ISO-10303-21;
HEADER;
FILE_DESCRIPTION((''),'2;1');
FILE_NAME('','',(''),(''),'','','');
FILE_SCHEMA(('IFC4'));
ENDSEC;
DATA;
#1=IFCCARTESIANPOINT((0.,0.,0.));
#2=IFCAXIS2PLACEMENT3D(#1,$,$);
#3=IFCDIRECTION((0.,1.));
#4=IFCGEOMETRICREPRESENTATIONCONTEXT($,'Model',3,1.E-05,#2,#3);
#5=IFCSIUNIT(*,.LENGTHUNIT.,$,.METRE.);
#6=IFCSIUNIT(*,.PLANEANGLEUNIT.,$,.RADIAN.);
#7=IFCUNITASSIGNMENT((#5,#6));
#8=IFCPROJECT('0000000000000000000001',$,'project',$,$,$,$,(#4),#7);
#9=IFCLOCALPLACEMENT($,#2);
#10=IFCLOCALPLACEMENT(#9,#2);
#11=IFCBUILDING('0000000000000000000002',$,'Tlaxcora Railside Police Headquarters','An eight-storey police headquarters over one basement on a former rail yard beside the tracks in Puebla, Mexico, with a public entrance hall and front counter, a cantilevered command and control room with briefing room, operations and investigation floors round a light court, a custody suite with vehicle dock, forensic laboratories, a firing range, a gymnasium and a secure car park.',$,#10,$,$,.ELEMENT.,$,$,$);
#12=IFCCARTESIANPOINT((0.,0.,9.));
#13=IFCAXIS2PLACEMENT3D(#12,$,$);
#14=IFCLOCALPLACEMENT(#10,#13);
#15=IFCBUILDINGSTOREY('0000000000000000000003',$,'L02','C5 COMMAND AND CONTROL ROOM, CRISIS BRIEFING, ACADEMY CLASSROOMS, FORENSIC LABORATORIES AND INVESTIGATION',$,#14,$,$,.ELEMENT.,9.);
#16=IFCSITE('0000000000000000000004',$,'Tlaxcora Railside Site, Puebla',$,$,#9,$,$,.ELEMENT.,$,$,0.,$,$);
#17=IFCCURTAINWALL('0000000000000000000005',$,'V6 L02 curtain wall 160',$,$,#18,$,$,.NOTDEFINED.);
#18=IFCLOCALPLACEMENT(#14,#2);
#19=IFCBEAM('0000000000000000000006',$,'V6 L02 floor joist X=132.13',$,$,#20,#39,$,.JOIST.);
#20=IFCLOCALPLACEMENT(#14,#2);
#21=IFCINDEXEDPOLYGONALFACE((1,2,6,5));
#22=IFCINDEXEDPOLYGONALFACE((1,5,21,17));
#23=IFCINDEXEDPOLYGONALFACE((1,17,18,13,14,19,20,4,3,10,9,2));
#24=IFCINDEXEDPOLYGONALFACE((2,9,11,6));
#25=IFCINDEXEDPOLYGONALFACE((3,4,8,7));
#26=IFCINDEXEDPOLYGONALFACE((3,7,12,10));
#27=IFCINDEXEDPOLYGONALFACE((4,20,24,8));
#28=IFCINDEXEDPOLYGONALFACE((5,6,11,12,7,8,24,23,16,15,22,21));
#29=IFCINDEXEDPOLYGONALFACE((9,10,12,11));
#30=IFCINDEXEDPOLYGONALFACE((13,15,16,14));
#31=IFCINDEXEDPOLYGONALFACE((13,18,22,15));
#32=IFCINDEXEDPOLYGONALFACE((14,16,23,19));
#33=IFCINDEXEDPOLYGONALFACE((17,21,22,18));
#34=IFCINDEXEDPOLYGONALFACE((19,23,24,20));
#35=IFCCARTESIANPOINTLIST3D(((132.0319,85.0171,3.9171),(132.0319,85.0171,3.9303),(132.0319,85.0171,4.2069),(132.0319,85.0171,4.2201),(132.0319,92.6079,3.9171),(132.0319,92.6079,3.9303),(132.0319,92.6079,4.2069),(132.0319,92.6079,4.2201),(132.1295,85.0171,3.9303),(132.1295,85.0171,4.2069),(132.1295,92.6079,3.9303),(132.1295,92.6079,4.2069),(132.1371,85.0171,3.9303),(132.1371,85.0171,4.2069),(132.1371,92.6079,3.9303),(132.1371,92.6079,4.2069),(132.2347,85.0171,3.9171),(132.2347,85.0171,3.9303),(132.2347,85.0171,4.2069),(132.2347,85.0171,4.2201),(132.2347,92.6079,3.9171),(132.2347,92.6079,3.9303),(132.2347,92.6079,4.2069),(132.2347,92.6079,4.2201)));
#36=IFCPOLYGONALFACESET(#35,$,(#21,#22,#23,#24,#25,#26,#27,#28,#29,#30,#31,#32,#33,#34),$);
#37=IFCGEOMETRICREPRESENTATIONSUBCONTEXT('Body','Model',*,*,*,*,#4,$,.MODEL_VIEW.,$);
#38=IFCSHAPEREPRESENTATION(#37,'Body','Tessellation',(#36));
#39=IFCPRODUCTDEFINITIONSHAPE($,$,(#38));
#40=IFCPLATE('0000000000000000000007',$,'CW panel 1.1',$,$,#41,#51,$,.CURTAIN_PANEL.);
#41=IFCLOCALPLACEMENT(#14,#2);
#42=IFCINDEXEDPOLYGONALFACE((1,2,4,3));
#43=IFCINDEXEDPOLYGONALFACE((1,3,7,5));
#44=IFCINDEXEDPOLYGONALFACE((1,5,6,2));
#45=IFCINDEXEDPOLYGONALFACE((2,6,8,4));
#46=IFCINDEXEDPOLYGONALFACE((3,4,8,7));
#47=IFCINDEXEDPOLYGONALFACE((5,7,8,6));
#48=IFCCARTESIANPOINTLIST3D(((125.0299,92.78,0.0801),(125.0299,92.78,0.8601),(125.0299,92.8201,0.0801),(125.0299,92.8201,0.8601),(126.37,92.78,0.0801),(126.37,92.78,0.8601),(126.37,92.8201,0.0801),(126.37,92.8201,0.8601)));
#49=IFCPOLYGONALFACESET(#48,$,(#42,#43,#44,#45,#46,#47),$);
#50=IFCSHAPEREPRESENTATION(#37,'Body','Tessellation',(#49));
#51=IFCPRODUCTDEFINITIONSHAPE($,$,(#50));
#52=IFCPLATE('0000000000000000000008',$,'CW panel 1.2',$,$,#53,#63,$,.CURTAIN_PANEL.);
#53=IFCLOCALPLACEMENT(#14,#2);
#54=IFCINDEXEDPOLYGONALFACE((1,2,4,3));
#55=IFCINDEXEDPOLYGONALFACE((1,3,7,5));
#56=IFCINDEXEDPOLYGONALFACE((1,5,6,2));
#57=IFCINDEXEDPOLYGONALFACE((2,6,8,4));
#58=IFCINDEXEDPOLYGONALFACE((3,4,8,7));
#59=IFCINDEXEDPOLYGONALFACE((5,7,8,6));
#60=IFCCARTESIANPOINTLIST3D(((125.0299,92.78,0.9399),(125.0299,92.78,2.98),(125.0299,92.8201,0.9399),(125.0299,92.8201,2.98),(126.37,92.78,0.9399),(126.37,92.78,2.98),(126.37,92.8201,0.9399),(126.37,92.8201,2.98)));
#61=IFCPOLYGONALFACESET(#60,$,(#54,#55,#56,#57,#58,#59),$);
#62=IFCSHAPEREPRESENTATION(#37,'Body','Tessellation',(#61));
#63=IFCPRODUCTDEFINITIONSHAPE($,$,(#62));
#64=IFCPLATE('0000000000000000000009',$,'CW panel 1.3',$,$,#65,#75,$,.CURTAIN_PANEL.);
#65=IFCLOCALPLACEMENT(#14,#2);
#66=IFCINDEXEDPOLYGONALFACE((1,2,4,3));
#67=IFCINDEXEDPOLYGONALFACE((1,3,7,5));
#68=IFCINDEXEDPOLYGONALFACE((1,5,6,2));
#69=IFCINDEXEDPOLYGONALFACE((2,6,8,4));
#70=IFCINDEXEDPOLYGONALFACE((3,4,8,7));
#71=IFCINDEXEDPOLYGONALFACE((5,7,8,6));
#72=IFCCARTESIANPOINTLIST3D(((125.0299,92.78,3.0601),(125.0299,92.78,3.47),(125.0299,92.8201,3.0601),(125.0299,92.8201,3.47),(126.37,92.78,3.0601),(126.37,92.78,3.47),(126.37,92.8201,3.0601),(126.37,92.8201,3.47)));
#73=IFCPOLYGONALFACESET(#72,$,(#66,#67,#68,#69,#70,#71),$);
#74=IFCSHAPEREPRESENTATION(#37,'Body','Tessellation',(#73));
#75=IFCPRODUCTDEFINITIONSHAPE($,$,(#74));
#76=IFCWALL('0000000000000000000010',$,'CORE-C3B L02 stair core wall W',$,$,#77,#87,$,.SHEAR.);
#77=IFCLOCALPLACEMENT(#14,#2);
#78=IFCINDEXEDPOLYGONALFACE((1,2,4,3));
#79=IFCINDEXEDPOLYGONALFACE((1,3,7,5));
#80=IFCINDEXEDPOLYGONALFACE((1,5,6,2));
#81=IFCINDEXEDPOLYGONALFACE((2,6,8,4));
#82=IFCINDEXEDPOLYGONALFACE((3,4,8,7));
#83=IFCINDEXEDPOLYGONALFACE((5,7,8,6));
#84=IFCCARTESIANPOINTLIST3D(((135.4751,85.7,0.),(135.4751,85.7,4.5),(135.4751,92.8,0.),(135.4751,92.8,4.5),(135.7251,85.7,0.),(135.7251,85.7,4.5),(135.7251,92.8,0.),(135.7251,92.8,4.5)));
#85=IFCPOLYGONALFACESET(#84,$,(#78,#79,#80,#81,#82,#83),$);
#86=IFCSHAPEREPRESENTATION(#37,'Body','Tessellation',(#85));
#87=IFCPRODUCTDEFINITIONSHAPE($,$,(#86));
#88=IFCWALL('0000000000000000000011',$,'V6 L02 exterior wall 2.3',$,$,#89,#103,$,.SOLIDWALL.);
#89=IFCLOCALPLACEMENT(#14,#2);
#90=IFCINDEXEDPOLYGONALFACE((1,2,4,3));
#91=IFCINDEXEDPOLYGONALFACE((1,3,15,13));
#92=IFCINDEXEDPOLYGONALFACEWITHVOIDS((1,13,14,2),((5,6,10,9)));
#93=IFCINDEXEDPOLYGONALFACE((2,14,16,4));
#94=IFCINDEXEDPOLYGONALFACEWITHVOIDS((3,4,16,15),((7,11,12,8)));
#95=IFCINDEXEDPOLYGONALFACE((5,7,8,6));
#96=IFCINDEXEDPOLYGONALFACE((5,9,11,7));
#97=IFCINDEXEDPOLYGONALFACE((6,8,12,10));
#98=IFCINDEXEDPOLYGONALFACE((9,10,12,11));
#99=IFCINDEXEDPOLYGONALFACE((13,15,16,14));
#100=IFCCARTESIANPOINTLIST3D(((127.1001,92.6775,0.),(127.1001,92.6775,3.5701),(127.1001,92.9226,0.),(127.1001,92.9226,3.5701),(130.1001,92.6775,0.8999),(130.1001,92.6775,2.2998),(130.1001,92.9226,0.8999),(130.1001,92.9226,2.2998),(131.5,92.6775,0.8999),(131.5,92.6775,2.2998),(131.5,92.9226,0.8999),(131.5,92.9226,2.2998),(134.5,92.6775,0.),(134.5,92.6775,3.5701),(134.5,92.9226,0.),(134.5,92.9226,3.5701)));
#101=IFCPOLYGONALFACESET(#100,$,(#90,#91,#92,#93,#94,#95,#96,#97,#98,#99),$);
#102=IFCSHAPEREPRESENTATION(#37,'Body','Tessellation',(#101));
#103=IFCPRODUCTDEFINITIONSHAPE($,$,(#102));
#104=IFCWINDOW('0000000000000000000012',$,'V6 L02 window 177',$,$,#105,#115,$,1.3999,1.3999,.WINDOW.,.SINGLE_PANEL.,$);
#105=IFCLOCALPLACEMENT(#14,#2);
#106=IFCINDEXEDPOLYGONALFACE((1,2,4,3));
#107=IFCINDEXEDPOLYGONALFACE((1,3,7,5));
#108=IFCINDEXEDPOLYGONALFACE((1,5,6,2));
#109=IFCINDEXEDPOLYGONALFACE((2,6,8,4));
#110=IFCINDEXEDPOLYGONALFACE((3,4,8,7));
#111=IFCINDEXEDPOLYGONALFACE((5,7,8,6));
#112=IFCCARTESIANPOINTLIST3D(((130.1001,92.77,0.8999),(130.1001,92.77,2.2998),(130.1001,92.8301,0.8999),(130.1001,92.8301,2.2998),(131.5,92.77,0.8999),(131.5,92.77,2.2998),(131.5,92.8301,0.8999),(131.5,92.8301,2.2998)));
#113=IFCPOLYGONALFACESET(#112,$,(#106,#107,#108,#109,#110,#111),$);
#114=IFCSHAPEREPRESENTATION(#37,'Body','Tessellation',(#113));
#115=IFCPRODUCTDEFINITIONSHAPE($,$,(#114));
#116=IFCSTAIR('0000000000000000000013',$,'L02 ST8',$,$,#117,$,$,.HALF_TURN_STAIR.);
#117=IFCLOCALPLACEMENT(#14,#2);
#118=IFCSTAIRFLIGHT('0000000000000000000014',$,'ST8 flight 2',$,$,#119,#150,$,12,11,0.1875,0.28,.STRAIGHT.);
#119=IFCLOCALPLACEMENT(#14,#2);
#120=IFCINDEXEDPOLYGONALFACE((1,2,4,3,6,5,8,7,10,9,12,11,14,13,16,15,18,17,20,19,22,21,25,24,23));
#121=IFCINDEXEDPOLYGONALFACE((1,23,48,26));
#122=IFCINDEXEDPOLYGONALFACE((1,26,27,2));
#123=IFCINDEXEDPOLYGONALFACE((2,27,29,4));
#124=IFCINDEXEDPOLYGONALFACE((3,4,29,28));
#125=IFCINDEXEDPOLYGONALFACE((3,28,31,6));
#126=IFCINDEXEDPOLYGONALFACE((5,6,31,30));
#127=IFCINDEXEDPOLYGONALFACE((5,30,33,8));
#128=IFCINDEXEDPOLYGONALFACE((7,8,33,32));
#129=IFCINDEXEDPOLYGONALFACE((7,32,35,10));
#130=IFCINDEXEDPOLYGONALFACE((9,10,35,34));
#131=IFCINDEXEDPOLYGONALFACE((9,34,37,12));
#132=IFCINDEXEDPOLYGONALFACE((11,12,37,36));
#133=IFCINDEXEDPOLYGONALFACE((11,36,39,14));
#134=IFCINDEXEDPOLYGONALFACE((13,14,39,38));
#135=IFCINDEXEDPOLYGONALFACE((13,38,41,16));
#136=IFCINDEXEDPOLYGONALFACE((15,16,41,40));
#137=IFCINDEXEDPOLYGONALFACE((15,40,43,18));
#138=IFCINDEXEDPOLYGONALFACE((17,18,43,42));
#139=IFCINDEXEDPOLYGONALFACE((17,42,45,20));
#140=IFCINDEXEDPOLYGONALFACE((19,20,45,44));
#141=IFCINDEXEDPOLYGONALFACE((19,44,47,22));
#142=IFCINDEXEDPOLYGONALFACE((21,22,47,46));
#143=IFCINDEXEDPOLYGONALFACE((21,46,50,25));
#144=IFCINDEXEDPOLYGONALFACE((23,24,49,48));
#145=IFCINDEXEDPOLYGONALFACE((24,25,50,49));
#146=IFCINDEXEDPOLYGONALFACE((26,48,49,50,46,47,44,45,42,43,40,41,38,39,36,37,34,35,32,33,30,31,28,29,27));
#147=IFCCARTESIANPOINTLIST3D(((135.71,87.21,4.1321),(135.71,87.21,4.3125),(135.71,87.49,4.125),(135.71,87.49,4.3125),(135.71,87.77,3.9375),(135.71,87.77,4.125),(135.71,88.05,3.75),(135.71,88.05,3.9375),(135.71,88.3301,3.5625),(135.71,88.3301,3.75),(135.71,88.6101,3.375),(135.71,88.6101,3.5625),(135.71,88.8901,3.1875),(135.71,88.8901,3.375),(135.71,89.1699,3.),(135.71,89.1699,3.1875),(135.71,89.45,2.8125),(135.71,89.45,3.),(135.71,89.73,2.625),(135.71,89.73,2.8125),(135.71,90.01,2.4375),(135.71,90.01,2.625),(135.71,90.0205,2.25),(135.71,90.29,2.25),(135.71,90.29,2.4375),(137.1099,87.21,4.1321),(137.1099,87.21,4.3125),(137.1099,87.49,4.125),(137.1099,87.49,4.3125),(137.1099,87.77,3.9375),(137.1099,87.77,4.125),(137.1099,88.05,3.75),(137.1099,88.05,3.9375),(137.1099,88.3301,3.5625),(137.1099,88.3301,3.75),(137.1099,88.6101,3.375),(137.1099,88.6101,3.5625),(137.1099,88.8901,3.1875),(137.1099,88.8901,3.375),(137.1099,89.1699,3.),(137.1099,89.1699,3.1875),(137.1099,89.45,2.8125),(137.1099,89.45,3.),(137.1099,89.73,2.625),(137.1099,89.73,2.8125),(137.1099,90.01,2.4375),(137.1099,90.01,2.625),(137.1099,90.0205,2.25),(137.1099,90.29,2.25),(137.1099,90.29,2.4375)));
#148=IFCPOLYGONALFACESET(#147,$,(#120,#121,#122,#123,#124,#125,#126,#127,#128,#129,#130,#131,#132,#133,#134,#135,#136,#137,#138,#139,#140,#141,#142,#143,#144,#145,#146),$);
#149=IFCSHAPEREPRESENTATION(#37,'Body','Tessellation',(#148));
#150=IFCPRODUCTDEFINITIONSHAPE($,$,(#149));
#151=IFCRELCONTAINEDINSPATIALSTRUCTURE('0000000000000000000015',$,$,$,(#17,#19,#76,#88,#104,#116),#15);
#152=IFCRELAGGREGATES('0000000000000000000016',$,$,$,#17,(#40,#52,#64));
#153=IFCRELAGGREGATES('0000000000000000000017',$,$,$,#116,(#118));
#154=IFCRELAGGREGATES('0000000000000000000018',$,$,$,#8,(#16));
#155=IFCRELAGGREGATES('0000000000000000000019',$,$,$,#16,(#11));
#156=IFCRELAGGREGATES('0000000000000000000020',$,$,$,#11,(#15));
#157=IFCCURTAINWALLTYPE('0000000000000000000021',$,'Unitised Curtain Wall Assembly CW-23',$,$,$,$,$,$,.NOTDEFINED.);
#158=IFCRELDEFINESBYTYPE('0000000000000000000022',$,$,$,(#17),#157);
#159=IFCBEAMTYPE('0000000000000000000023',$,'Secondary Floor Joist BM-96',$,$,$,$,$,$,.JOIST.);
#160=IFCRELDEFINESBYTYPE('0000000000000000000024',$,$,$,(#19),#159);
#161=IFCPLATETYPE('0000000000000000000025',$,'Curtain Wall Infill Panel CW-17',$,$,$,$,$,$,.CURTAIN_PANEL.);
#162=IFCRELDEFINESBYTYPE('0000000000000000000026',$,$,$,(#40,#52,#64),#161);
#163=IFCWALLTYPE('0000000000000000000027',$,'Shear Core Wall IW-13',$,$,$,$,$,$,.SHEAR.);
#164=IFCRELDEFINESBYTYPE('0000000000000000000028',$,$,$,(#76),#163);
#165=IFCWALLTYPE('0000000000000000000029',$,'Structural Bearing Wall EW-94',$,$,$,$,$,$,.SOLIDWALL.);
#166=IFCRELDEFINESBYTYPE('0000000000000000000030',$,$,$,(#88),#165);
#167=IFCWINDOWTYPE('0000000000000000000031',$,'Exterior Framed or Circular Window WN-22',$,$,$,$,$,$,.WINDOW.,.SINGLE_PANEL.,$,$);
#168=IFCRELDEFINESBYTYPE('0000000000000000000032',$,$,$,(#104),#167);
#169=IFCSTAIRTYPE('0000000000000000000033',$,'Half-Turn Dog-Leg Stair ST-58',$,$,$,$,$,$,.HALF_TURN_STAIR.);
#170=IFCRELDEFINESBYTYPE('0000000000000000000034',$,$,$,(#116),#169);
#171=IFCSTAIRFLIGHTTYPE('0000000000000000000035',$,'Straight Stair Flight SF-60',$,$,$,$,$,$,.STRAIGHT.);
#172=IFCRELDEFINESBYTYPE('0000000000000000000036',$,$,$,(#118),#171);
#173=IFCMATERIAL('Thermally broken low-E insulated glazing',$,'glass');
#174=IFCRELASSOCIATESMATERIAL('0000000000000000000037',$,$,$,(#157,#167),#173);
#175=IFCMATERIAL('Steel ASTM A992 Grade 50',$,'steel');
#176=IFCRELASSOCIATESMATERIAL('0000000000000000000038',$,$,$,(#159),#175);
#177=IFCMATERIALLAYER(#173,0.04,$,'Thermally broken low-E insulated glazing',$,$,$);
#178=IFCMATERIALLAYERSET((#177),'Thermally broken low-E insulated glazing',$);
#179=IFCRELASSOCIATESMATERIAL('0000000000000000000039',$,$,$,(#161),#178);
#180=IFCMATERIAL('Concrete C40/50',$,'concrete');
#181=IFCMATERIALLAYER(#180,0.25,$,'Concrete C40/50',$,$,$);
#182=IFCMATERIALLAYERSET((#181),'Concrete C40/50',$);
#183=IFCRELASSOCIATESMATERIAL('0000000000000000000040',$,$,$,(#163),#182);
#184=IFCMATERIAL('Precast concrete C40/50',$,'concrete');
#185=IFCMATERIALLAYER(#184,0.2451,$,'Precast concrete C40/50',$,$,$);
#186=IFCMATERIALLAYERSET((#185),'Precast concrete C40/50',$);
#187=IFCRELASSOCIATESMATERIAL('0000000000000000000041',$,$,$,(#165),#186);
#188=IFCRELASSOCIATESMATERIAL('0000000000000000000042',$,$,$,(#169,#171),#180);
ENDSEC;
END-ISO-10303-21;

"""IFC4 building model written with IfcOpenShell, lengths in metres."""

from ifc_helpers import new_model, si_unit, direction, frame, frame_2d, origin, origin_2d, place, context, subcontext, project, spatial, polyline, rectangle, i_section, outline, extrude, material, layer, layer_set, material_profile, profile_set, type_object, element, fill, aggregate, save


model = new_model("IFC4")

# Units and contexts
model_context = context("Model", 3, precision=1e-05, world=origin(), true_north=direction((0.0, 1.0)))
body_context = subcontext(model_context, "Body", "Model", "MODEL_VIEW")
ifc_project = project(units=[si_unit("LENGTHUNIT", "METRE"), si_unit("PLANEANGLEUNIT", "RADIAN")], contexts=[model_context])

# Site, building, storey
site_placement = place(None, origin())
site = spatial("IfcSite", under=ifc_project, at=site_placement, Name="Tlaxcora Railside Site, Puebla", CompositionType="ELEMENT", RefElevation=0.0)
building_placement = place(site_placement, origin())
building = spatial("IfcBuilding", under=site, at=building_placement, Name="Tlaxcora Railside Police Headquarters", Description="An eight-storey police headquarters over one basement on a former rail yard beside the tracks in Puebla, Mexico, with a public entrance hall and front counter, a cantilevered command and control room with briefing room, operations and investigation floors round a light court, a custody suite with vehicle dock, forensic laboratories, a firing range, a gymnasium and a secure car park.", CompositionType="ELEMENT")
storey_placement = place(building_placement, frame((0.0, 0.0, 9.0)))
storey = spatial("IfcBuildingStorey", under=building, at=storey_placement, Name="L02", Description="C5 COMMAND AND CONTROL ROOM, CRISIS BRIEFING, ACADEMY CLASSROOMS, FORENSIC LABORATORIES AND INVESTIGATION", CompositionType="ELEMENT", Elevation=9.0)

# Shared definitions
ifc_material_1 = material(Name="Concrete C40/50", Category="concrete")

# Curtain wall
ifc_material_2 = material(Name="Thermally broken low-E insulated glazing", Category="glass")
curtain_wall_type = type_object("IfcCurtainWallType", Name="Unitised Curtain Wall Assembly CW-23", PredefinedType="NOTDEFINED", material=ifc_material_2)
curtain_wall_placement = place(storey_placement, origin())
curtain_wall = element("IfcCurtainWall", 1, at=curtain_wall_placement, inside=storey, type_object=curtain_wall_type, Name="V6 L02 curtain wall 160", PredefinedType="NOTDEFINED")

# Beam
ifc_material_3 = material(Name="Steel ASTM A992 Grade 50", Category="steel")
ifc_material_profile_1 = material_profile(ifc_material_3, i_section(OverallWidth=0.2029, OverallDepth=0.303, WebThickness=0.0076, FlangeThickness=0.0132, at=origin_2d()), Name="W12X40")
ifc_profile_set_1 = profile_set([ifc_material_profile_1], Name="Steel ASTM A992 Grade 50")
beam_type_1 = type_object("IfcBeamType", Name="Secondary Floor Joist BM-96", PredefinedType="JOIST", material=ifc_profile_set_1)
beam_1_placement = place(storey_placement, frame((132.1333, 85.0171, 4.0686), z_axis=(0.0, 1.0, 0.0), x_axis=(-1.0, 0.0, 0.0)))
element("IfcBeam", 2, at=beam_1_placement, inside=storey, type_object=beam_type_1, Name="V6 L02 floor joist X=132.13", PredefinedType="JOIST", context=body_context, shape_type="SweptSolid", body=[
    extrude(i_section(OverallWidth=0.2029, OverallDepth=0.303, WebThickness=0.0076, FlangeThickness=0.0132, at=origin_2d()), origin(), (0.0, 0.0, 1.0), 7.5908),
])

# Plates
ifc_layer_1 = layer(ifc_material_2, 0.04, Name="Thermally broken low-E insulated glazing")
ifc_layer_set_1 = layer_set([ifc_layer_1], Name="Thermally broken low-E insulated glazing")
plate_type = type_object("IfcPlateType", Name="Curtain Wall Infill Panel CW-17", PredefinedType="CURTAIN_PANEL", material=ifc_layer_set_1)
plate_1_placement = place(storey_placement, frame((125.7, 92.8, 0.0801), z_axis=(0.0, 0.0, 1.0), x_axis=(-1.0, 0.0, 0.0)))
plate_1 = element("IfcPlate", 3, at=plate_1_placement, type_object=plate_type, Name="CW panel 1.1", PredefinedType="CURTAIN_PANEL", context=body_context, shape_type="SweptSolid", body=[
    extrude(rectangle(XDim=1.3401, YDim=0.04, at=origin_2d()), origin(), (0.0, 0.0, 1.0), 0.78),
])
plate_2_placement = place(storey_placement, frame((125.7, 92.8, 0.9399), z_axis=(0.0, 0.0, 1.0), x_axis=(-1.0, 0.0, 0.0)))
plate_2 = element("IfcPlate", 4, at=plate_2_placement, type_object=plate_type, Name="CW panel 1.2", PredefinedType="CURTAIN_PANEL", context=body_context, shape_type="SweptSolid", body=[
    extrude(rectangle(XDim=1.3401, YDim=0.04, at=origin_2d()), origin(), (0.0, 0.0, 1.0), 2.04),
])
plate_3_placement = place(storey_placement, frame((125.7, 92.8, 3.0601), z_axis=(0.0, 0.0, 1.0), x_axis=(-1.0, 0.0, 0.0)))
plate_3 = element("IfcPlate", 5, at=plate_3_placement, type_object=plate_type, Name="CW panel 1.3", PredefinedType="CURTAIN_PANEL", context=body_context, shape_type="SweptSolid", body=[
    extrude(rectangle(XDim=1.3401, YDim=0.04, at=origin_2d()), origin(), (0.0, 0.0, 1.0), 0.4099),
])
aggregate(curtain_wall, [plate_1, plate_2, plate_3])

# Shared definitions
ifc_layer_2 = layer(ifc_material_1, 0.25, Name="Concrete C40/50")
ifc_layer_set_2 = layer_set([ifc_layer_2], Name="Concrete C40/50")
wall_type_1 = type_object("IfcWallType", Name="Shear Core Wall IW-13", PredefinedType="SHEAR", material=ifc_layer_set_2)

# Wall
wall_1_placement = place(storey_placement, frame((135.6001, 92.8, 0.0), z_axis=(0.0, 0.0, 1.0), x_axis=(0.0, -1.0, 0.0)))
element("IfcWall", 6, at=wall_1_placement, inside=storey, type_object=wall_type_1, Name="CORE-C3B L02 stair core wall W", PredefinedType="SHEAR", context=body_context, shape_type="SweptSolid", body=[
    extrude(rectangle(XDim=7.1001, YDim=0.25, at=frame_2d((3.55, 0.0))), origin(), (0.0, 0.0, 1.0), 4.5),
])

# Wall, opening, window
ifc_material_4 = material(Name="Precast concrete C40/50", Category="concrete")
ifc_layer_3 = layer(ifc_material_4, 0.2451, Name="Precast concrete C40/50")
ifc_layer_set_3 = layer_set([ifc_layer_3], Name="Precast concrete C40/50")
wall_type_2 = type_object("IfcWallType", Name="Structural Bearing Wall EW-94", PredefinedType="SOLIDWALL", material=ifc_layer_set_3)
wall_2_placement = place(storey_placement, frame((134.5, 92.8, 0.0), z_axis=(0.0, 0.0, 1.0), x_axis=(-1.0, 0.0, 0.0)))
wall_2 = element("IfcWall", 7, at=wall_2_placement, inside=storey, type_object=wall_type_2, Name="V6 L02 exterior wall 2.3", PredefinedType="SOLIDWALL", context=body_context, shape_type="SweptSolid", body=[
    extrude(rectangle(XDim=7.3999, YDim=0.2451, at=frame_2d((3.7, 0.0))), origin(), (0.0, 0.0, 1.0), 3.5701),
])
opening_1_placement = place(wall_2_placement, frame((3.0, 0.0, 0.8999)))
opening_1 = element("IfcOpeningElement", 8, at=opening_1_placement, cuts=wall_2, PredefinedType="OPENING", context=body_context, shape_type="SweptSolid", body=[
    extrude(rectangle(XDim=1.3999, YDim=1.3999, at=frame_2d((0.7, 0.7))), frame((0.0, 0.1326, 0.0), z_axis=(0.0, -1.0, 0.0), x_axis=(1.0, 0.0, 0.0)), (0.0, 0.0, 1.0), 0.2651),
])
window_type = type_object("IfcWindowType", Name="Exterior Framed or Circular Window WN-22", PartitioningType="SINGLE_PANEL", PredefinedType="WINDOW", material=ifc_material_2)
window_placement = place(opening_1_placement, origin())
window = element("IfcWindow", 9, at=window_placement, inside=storey, type_object=window_type, Name="V6 L02 window 177", OverallHeight=1.3999, OverallWidth=1.3999, PartitioningType="SINGLE_PANEL", PredefinedType="WINDOW", context=body_context, shape_type="SweptSolid", body=[
    extrude(rectangle(XDim=1.3999, YDim=1.3999, at=frame_2d((0.7, 0.7))), frame((0.0, 0.03, 0.0), z_axis=(0.0, -1.0, 0.0), x_axis=(1.0, 0.0, 0.0)), (0.0, 0.0, 1.0), 0.0601),
])
fill(opening_1, window)

# Stair, stair flight
stair_type = type_object("IfcStairType", Name="Half-Turn Dog-Leg Stair ST-58", PredefinedType="HALF_TURN_STAIR", material=ifc_material_1)
stair_placement = place(storey_placement, origin())
stair = element("IfcStair", 10, at=stair_placement, inside=storey, type_object=stair_type, Name="L02 ST8", PredefinedType="HALF_TURN_STAIR")
stair_flight_type = type_object("IfcStairFlightType", Name="Straight Stair Flight SF-60", PredefinedType="STRAIGHT", material=ifc_material_1)
stair_flight_placement = place(storey_placement, frame((136.4099, 90.29, 2.25), z_axis=(0.0, 0.0, 1.0), x_axis=(0.0, -1.0, 0.0)))
stair_flight = element("IfcStairFlight", 11, at=stair_flight_placement, type_object=stair_flight_type, Name="ST8 flight 2", NumberOfRisers=12, NumberOfTreads=11, PredefinedType="STRAIGHT", RiserHeight=0.1875, TreadLength=0.28, context=body_context, shape_type="SweptSolid", body=[
    extrude(outline(polyline([(0.0, 0.0), (0.0, 0.1875), (0.28, 0.1875), (0.28, 0.375), (0.5601, 0.375), (0.5601, 0.5625), (0.8401, 0.5625), (0.8401, 0.75), (1.1201, 0.75), (1.1201, 0.9375), (1.3999, 0.9375), (1.3999, 1.125), (1.6799, 1.125), (1.6799, 1.3125), (1.96, 1.3125), (1.96, 1.5), (2.24, 1.5), (2.24, 1.6875), (2.52, 1.6875), (2.52, 1.875), (2.8, 1.875), (2.8, 2.0625), (3.0801, 2.0625), (3.0801, 2.25), (3.0801, 1.8821), (0.2695, 0.0), (0.0, 0.0)])), frame((0.0, 0.7, 0.0), z_axis=(0.0, -1.0, 0.0), x_axis=(1.0, 0.0, 0.0)), (0.0, 0.0, 1.0), 1.3999),
])
aggregate(stair, [stair_flight])

save(model, "model.ifc")
